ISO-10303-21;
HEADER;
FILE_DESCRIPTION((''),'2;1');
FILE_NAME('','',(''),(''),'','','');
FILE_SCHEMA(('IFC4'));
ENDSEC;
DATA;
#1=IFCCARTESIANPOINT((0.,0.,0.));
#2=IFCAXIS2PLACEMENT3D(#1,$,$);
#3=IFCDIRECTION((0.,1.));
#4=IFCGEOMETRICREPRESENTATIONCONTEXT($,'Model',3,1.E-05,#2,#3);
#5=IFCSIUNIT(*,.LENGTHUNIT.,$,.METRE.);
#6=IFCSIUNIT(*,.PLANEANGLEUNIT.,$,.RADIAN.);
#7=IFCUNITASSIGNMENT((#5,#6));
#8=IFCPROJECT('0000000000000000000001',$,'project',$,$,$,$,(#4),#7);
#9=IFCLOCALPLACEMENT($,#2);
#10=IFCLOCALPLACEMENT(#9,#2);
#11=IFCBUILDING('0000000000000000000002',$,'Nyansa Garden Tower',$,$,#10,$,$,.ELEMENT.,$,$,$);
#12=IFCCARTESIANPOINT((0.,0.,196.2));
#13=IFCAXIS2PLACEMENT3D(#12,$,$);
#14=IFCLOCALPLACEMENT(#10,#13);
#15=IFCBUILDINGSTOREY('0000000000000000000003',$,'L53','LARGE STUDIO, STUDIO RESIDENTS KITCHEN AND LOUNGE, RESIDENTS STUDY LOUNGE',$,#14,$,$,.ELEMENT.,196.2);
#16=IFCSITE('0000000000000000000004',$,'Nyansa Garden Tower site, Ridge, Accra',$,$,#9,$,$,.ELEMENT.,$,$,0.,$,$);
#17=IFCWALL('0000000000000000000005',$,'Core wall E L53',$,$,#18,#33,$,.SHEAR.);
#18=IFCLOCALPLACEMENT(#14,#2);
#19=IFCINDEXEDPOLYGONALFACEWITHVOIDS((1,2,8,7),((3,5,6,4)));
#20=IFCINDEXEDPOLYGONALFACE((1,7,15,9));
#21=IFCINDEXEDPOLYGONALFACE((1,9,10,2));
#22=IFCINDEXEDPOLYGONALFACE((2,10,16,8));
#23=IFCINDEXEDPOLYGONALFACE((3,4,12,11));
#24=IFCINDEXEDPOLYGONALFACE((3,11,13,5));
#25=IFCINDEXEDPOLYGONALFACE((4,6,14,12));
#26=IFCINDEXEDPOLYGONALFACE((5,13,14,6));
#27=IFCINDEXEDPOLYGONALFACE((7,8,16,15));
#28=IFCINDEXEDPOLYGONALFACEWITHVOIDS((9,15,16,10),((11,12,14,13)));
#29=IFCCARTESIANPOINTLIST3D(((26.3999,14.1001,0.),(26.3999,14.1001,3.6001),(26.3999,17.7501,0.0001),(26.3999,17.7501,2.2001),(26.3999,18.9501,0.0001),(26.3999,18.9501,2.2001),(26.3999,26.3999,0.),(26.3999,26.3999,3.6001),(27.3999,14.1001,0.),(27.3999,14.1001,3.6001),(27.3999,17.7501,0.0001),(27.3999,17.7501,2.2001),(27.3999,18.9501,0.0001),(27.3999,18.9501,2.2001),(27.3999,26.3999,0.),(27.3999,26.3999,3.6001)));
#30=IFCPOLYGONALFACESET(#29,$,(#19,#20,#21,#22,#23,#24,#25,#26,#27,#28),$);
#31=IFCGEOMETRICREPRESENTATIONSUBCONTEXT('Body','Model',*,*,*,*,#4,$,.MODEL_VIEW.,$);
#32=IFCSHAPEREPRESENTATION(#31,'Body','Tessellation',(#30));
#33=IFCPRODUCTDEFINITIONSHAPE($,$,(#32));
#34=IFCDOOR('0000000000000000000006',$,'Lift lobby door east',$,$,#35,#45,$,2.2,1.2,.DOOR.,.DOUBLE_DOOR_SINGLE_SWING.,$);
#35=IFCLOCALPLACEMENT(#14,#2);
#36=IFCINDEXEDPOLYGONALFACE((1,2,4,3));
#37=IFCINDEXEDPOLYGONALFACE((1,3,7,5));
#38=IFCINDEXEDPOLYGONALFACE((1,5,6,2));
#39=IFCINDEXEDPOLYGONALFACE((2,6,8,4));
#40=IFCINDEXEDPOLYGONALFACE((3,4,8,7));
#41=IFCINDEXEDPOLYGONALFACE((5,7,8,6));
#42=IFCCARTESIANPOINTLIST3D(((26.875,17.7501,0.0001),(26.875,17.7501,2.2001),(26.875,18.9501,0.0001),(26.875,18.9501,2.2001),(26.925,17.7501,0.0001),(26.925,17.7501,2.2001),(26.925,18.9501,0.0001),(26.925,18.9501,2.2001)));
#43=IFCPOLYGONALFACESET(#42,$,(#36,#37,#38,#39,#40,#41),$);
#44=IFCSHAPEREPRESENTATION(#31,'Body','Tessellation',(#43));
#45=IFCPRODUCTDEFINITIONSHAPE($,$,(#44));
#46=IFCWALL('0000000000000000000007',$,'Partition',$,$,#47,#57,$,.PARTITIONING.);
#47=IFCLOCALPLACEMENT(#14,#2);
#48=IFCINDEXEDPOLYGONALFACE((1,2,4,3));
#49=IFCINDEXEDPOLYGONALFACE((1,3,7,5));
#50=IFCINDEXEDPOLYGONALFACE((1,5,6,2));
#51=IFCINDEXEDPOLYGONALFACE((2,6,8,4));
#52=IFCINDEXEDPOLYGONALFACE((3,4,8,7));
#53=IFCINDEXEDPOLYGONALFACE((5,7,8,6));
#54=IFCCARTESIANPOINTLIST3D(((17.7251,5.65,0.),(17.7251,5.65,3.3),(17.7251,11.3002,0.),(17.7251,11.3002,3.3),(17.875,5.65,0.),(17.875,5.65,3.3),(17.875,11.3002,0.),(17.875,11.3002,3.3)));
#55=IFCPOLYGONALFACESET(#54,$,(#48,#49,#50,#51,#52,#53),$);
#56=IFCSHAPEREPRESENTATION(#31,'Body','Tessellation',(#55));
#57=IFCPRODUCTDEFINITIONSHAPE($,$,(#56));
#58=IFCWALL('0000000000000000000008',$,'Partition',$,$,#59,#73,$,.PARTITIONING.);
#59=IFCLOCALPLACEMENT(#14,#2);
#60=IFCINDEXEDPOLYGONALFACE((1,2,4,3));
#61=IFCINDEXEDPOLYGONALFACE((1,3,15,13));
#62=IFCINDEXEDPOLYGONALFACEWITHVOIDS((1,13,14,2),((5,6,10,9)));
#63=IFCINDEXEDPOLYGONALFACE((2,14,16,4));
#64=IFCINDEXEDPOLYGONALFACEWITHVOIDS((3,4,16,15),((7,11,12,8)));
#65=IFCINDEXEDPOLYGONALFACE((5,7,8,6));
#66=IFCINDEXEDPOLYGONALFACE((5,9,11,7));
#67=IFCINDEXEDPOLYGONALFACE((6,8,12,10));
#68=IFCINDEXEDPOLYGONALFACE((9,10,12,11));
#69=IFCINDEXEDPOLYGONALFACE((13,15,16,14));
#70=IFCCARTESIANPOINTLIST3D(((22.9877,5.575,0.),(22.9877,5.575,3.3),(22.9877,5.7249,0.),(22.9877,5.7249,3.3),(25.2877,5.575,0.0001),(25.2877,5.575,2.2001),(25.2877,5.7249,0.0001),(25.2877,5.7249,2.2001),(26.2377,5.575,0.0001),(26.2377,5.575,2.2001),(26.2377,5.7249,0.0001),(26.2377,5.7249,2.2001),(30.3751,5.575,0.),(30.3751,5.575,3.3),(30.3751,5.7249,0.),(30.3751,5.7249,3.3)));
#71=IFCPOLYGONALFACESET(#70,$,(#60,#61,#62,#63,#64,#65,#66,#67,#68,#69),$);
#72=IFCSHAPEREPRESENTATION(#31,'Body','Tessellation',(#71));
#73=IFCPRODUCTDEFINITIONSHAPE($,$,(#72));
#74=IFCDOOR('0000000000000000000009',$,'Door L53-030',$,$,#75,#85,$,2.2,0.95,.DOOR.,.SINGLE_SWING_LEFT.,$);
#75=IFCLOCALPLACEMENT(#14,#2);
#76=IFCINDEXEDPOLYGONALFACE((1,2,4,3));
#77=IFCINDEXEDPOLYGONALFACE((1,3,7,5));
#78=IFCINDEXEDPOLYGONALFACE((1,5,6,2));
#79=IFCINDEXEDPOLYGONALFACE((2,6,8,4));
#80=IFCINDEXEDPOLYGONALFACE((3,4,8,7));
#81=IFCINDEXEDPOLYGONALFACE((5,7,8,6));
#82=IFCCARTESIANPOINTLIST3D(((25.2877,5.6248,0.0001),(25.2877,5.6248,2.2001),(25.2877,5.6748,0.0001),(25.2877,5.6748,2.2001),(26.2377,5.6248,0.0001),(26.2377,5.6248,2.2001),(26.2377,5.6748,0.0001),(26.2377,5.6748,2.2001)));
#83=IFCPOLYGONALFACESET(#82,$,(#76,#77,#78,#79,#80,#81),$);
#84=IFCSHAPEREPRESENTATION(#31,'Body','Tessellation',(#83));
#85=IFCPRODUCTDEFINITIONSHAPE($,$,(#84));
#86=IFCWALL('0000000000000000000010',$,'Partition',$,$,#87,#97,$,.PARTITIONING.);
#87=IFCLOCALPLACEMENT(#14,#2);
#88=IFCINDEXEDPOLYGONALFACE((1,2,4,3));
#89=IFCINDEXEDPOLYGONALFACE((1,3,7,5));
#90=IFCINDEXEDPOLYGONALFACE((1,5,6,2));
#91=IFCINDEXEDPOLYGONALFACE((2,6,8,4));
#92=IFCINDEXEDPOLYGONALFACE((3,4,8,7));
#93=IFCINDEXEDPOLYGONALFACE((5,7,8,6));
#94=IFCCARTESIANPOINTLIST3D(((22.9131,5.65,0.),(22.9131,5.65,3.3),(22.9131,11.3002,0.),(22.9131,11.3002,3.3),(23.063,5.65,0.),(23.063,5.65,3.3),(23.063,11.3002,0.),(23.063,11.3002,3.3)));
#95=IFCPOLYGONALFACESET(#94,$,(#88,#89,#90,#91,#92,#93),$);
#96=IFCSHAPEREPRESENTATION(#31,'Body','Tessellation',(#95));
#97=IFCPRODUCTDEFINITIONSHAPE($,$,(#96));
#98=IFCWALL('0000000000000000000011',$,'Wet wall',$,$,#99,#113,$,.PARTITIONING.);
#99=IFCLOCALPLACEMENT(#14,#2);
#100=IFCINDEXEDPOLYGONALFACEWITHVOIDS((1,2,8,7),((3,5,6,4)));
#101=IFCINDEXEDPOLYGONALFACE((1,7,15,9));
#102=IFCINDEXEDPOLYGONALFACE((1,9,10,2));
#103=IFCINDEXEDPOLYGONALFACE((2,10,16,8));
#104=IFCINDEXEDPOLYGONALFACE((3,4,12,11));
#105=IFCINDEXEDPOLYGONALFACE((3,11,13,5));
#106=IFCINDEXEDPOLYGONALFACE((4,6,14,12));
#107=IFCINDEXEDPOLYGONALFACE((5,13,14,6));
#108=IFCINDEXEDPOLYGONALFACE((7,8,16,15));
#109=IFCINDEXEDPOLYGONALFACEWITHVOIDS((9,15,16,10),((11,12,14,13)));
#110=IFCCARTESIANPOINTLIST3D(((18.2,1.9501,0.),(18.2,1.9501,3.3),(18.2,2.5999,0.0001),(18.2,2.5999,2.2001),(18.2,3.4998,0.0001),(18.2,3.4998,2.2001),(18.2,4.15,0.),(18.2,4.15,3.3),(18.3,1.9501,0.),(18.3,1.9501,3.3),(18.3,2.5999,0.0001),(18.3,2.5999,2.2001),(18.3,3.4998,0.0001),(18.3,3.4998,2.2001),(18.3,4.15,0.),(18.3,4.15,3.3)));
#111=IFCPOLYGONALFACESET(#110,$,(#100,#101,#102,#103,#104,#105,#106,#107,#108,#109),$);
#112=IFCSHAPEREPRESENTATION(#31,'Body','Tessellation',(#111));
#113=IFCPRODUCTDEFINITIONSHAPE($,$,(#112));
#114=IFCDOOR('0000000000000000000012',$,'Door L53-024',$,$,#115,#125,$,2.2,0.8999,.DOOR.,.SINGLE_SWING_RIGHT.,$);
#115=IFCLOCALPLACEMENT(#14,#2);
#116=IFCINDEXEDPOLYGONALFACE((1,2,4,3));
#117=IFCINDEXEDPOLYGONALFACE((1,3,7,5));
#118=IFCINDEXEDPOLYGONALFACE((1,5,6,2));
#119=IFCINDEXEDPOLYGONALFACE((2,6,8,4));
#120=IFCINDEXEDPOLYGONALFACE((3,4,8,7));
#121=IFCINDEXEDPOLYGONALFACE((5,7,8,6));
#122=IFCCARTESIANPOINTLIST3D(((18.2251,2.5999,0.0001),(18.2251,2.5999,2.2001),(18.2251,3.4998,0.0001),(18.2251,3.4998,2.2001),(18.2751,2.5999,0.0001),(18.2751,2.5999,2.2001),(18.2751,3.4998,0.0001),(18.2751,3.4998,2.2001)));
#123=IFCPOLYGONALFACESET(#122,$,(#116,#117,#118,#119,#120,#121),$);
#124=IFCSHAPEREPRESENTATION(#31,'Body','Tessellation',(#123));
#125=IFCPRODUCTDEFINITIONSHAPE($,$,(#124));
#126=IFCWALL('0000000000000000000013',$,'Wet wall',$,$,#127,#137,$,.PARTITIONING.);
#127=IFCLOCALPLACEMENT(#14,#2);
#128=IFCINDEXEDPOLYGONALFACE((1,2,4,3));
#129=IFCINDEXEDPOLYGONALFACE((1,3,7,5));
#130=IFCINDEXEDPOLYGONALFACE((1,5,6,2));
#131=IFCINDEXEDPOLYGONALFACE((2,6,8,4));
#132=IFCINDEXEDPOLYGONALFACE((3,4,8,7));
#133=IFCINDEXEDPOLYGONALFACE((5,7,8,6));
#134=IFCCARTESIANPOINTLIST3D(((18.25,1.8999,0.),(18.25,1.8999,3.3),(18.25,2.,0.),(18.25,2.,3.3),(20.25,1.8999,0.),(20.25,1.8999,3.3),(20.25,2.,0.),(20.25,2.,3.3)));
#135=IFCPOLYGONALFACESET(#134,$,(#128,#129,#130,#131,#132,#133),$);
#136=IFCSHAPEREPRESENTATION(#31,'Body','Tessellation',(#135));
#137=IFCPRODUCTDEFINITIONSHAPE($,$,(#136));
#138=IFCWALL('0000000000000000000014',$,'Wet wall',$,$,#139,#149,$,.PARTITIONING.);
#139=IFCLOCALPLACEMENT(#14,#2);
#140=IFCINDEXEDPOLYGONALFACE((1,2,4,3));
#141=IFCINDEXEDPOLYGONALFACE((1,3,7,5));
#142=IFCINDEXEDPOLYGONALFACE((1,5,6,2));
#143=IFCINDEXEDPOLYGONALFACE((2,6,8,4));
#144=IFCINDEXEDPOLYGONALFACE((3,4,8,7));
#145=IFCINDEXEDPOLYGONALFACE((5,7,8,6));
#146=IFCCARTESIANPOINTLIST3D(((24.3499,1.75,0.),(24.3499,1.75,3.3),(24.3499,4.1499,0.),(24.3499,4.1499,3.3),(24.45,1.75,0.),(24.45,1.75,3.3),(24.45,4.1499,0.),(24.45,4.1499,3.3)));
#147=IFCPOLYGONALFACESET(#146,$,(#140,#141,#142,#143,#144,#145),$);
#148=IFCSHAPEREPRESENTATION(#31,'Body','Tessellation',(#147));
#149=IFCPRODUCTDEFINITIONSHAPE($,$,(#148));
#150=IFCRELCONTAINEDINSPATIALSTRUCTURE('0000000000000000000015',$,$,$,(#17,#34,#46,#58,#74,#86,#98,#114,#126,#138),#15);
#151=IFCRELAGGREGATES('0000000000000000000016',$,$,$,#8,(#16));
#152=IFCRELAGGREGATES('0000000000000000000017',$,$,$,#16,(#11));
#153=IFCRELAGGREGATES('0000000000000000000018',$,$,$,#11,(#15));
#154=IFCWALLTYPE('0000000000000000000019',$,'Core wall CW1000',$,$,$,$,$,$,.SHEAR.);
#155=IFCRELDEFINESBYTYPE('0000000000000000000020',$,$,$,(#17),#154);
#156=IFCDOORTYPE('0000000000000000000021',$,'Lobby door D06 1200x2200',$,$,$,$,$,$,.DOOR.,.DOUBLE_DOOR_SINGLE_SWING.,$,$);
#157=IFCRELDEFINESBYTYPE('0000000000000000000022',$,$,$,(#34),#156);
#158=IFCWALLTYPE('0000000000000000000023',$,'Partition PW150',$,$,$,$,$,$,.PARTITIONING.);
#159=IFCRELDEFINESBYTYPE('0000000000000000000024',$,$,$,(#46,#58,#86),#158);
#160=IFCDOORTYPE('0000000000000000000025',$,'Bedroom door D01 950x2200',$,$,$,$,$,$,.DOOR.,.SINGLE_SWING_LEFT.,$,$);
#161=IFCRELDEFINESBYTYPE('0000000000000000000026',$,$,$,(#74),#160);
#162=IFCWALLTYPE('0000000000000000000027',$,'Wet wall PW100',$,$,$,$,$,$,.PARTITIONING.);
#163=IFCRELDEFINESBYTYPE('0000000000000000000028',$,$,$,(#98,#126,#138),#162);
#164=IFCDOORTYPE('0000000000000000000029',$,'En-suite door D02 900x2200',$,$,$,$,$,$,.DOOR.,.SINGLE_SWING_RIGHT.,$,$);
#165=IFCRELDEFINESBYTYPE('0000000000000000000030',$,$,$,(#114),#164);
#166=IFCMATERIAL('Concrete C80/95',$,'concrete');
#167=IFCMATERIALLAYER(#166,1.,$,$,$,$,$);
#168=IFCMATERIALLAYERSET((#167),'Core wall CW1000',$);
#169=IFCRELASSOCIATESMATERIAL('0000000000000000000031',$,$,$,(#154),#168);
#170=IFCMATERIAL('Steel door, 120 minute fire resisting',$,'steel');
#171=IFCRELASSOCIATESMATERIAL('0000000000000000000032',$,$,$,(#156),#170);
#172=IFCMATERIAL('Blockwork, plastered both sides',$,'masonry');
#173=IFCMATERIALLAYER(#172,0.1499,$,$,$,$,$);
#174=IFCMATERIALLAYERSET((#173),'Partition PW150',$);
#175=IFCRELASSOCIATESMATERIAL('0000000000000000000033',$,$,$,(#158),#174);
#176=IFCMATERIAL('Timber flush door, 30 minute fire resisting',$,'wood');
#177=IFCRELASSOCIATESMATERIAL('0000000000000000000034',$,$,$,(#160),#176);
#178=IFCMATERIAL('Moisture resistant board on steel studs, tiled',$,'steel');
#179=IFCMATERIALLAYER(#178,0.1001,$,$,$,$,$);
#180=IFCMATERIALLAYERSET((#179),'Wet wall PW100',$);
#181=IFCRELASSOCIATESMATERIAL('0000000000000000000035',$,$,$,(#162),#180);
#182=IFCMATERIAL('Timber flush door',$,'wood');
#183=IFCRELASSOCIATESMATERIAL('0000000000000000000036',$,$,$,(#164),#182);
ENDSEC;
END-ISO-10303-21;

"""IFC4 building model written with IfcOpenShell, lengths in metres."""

from ifc_helpers import new_model, si_unit, direction, frame, frame_2d, origin, place, context, subcontext, project, spatial, rectangle, extrude, material, layer, layer_set, type_object, element, fill, save


model = new_model("IFC4")

# Units and contexts
model_context = context("Model", 3, precision=1e-05, world=origin(), true_north=direction((0.0, 1.0)))
body_context = subcontext(model_context, "Body", "Model", "MODEL_VIEW")
ifc_project = project(units=[si_unit("LENGTHUNIT", "METRE"), si_unit("PLANEANGLEUNIT", "RADIAN")], contexts=[model_context])

# Site, building, storey
site_placement = place(None, origin())
site = spatial("IfcSite", under=ifc_project, at=site_placement, Name="Nyansa Garden Tower site, Ridge, Accra", CompositionType="ELEMENT", RefElevation=0.0)
building_placement = place(site_placement, origin())
building = spatial("IfcBuilding", under=site, at=building_placement, Name="Nyansa Garden Tower", CompositionType="ELEMENT")
storey_placement = place(building_placement, frame((0.0, 0.0, 196.2)))
storey = spatial("IfcBuildingStorey", under=building, at=storey_placement, Name="L53", Description="LARGE STUDIO, STUDIO RESIDENTS KITCHEN AND LOUNGE, RESIDENTS STUDY LOUNGE", CompositionType="ELEMENT", Elevation=196.2)

# Wall, opening, door
ifc_material_1 = material(Name="Concrete C80/95", Category="concrete")
ifc_layer_1 = layer(ifc_material_1, 1.0)
ifc_layer_set_1 = layer_set([ifc_layer_1], Name="Core wall CW1000")
wall_type_1 = type_object("IfcWallType", Name="Core wall CW1000", PredefinedType="SHEAR", material=ifc_layer_set_1)
wall_1_placement = place(storey_placement, frame((26.8999, 14.1001, 0.0), z_axis=(0.0, 0.0, 1.0), x_axis=(0.0, 1.0, 0.0)))
wall_1 = element("IfcWall", 1, at=wall_1_placement, inside=storey, type_object=wall_type_1, Name="Core wall E L53", PredefinedType="SHEAR", context=body_context, shape_type="SweptSolid", body=[
    extrude(rectangle(XDim=12.2998, YDim=1.0, at=frame_2d((6.1499, 0.0))), origin(), (0.0, 0.0, 1.0), 3.6001),
])
opening_1_placement = place(wall_1_placement, frame((3.6499, 0.0, 0.0)))
opening_1 = element("IfcOpeningElement", 2, at=opening_1_placement, cuts=wall_1, PredefinedType="OPENING", context=body_context, shape_type="SweptSolid", body=[
    extrude(rectangle(XDim=1.2, YDim=2.2, at=frame_2d((0.6001, 1.1001))), frame((0.0, 0.51, 0.0), z_axis=(0.0, -1.0, 0.0), x_axis=(1.0, 0.0, 0.0)), (0.0, 0.0, 1.0), 1.02),
])
ifc_material_2 = material(Name="Steel door, 120 minute fire resisting", Category="steel")
door_type_1 = type_object("IfcDoorType", Name="Lobby door D06 1200x2200", OperationType="DOUBLE_DOOR_SINGLE_SWING", PredefinedType="DOOR", material=ifc_material_2)
door_1_placement = place(opening_1_placement, origin())
door_1 = element("IfcDoor", 3, at=door_1_placement, inside=storey, type_object=door_type_1, Name="Lift lobby door east", OperationType="DOUBLE_DOOR_SINGLE_SWING", OverallHeight=2.2, OverallWidth=1.2, PredefinedType="DOOR", context=body_context, shape_type="SweptSolid", body=[
    extrude(rectangle(XDim=1.2, YDim=2.2, at=frame_2d((0.6001, 1.1001))), frame((0.0, 0.0249, 0.0), z_axis=(0.0, -1.0, 0.0), x_axis=(1.0, 0.0, 0.0)), (0.0, 0.0, 1.0), 0.05),
])
fill(opening_1, door_1)

# Wall
ifc_material_3 = material(Name="Blockwork, plastered both sides", Category="masonry")
ifc_layer_2 = layer(ifc_material_3, 0.1499)
ifc_layer_set_2 = layer_set([ifc_layer_2], Name="Partition PW150")
wall_type_2 = type_object("IfcWallType", Name="Partition PW150", PredefinedType="PARTITIONING", material=ifc_layer_set_2)
wall_2_placement = place(storey_placement, frame((17.8, 5.6499, 0.0), z_axis=(0.0, 0.0, 1.0), x_axis=(0.0, 1.0, 0.0)))
element("IfcWall", 4, at=wall_2_placement, inside=storey, type_object=wall_type_2, Name="Partition", PredefinedType="PARTITIONING", context=body_context, shape_type="SweptSolid", body=[
    extrude(rectangle(XDim=5.6501, YDim=0.1499, at=frame_2d((2.8252, 0.0))), origin(), (0.0, 0.0, 1.0), 3.3),
])

# Wall, opening, door
wall_3_placement = place(storey_placement, frame((22.9875, 5.6499, 0.0), z_axis=(0.0, 0.0, 1.0), x_axis=(1.0, 0.0, 0.0)))
wall_3 = element("IfcWall", 5, at=wall_3_placement, inside=storey, type_object=wall_type_2, Name="Partition", PredefinedType="PARTITIONING", context=body_context, shape_type="SweptSolid", body=[
    extrude(rectangle(XDim=7.3875, YDim=0.1499, at=frame_2d((3.6938, 0.0))), origin(), (0.0, 0.0, 1.0), 3.3),
])
opening_2_placement = place(wall_3_placement, frame((2.3, 0.0, 0.0)))
opening_2 = element("IfcOpeningElement", 6, at=opening_2_placement, cuts=wall_3, PredefinedType="OPENING", context=body_context, shape_type="SweptSolid", body=[
    extrude(rectangle(XDim=0.95, YDim=2.2, at=frame_2d((0.4751, 1.1001))), frame((0.0, 0.085, 0.0), z_axis=(0.0, -1.0, 0.0), x_axis=(1.0, 0.0, 0.0)), (0.0, 0.0, 1.0), 0.1699),
])
ifc_material_4 = material(Name="Timber flush door, 30 minute fire resisting", Category="wood")
door_type_2 = type_object("IfcDoorType", Name="Bedroom door D01 950x2200", OperationType="SINGLE_SWING_LEFT", PredefinedType="DOOR", material=ifc_material_4)
door_2_placement = place(opening_2_placement, origin())
door_2 = element("IfcDoor", 7, at=door_2_placement, inside=storey, type_object=door_type_2, Name="Door L53-030", OperationType="SINGLE_SWING_LEFT", OverallHeight=2.2, OverallWidth=0.95, PredefinedType="DOOR", context=body_context, shape_type="SweptSolid", body=[
    extrude(rectangle(XDim=0.95, YDim=2.2, at=frame_2d((0.4751, 1.1001))), frame((0.0, 0.0249, 0.0), z_axis=(0.0, -1.0, 0.0), x_axis=(1.0, 0.0, 0.0)), (0.0, 0.0, 1.0), 0.05),
])
fill(opening_2, door_2)

# Wall
wall_4_placement = place(storey_placement, frame((22.988, 5.6499, 0.0), z_axis=(0.0, 0.0, 1.0), x_axis=(0.0, 1.0, 0.0)))
element("IfcWall", 8, at=wall_4_placement, inside=storey, type_object=wall_type_2, Name="Partition", PredefinedType="PARTITIONING", context=body_context, shape_type="SweptSolid", body=[
    extrude(rectangle(XDim=5.6501, YDim=0.1499, at=frame_2d((2.8252, 0.0))), origin(), (0.0, 0.0, 1.0), 3.3),
])

# Wall, opening, door
ifc_material_5 = material(Name="Moisture resistant board on steel studs, tiled", Category="steel")
ifc_layer_3 = layer(ifc_material_5, 0.1001)
ifc_layer_set_3 = layer_set([ifc_layer_3], Name="Wet wall PW100")
wall_type_3 = type_object("IfcWallType", Name="Wet wall PW100", PredefinedType="PARTITIONING", material=ifc_layer_set_3)
wall_5_placement = place(storey_placement, frame((18.25, 1.95, 0.0), z_axis=(0.0, 0.0, 1.0), x_axis=(0.0, 1.0, 0.0)))
wall_5 = element("IfcWall", 9, at=wall_5_placement, inside=storey, type_object=wall_type_3, Name="Wet wall", PredefinedType="PARTITIONING", context=body_context, shape_type="SweptSolid", body=[
    extrude(rectangle(XDim=2.2, YDim=0.1001, at=frame_2d((1.1001, 0.0))), origin(), (0.0, 0.0, 1.0), 3.3),
])
opening_3_placement = place(wall_5_placement, frame((0.6499, 0.0, 0.0)))
opening_3 = element("IfcOpeningElement", 10, at=opening_3_placement, cuts=wall_5, PredefinedType="OPENING", context=body_context, shape_type="SweptSolid", body=[
    extrude(rectangle(XDim=0.8999, YDim=2.2, at=frame_2d((0.45, 1.1001))), frame((0.0, 0.0601, 0.0), z_axis=(0.0, -1.0, 0.0), x_axis=(1.0, 0.0, 0.0)), (0.0, 0.0, 1.0), 0.1201),
])
ifc_material_6 = material(Name="Timber flush door", Category="wood")
door_type_3 = type_object("IfcDoorType", Name="En-suite door D02 900x2200", OperationType="SINGLE_SWING_RIGHT", PredefinedType="DOOR", material=ifc_material_6)
door_3_placement = place(opening_3_placement, origin())
door_3 = element("IfcDoor", 11, at=door_3_placement, inside=storey, type_object=door_type_3, Name="Door L53-024", OperationType="SINGLE_SWING_RIGHT", OverallHeight=2.2, OverallWidth=0.8999, PredefinedType="DOOR", context=body_context, shape_type="SweptSolid", body=[
    extrude(rectangle(XDim=0.8999, YDim=2.2, at=frame_2d((0.45, 1.1001))), frame((0.0, 0.0249, 0.0), z_axis=(0.0, -1.0, 0.0), x_axis=(1.0, 0.0, 0.0)), (0.0, 0.0, 1.0), 0.05),
])
fill(opening_3, door_3)

# Walls
wall_6_placement = place(storey_placement, frame((18.25, 1.95, 0.0), z_axis=(0.0, 0.0, 1.0), x_axis=(1.0, 0.0, 0.0)))
element("IfcWall", 12, at=wall_6_placement, inside=storey, type_object=wall_type_3, Name="Wet wall", PredefinedType="PARTITIONING", context=body_context, shape_type="SweptSolid", body=[
    extrude(rectangle(XDim=2.0, YDim=0.1001, at=frame_2d((1.0, 0.0))), origin(), (0.0, 0.0, 1.0), 3.3),
])
wall_7_placement = place(storey_placement, frame((24.3999, 1.75, 0.0), z_axis=(0.0, 0.0, 1.0), x_axis=(0.0, 1.0, 0.0)))
element("IfcWall", 13, at=wall_7_placement, inside=storey, type_object=wall_type_3, Name="Wet wall", PredefinedType="PARTITIONING", context=body_context, shape_type="SweptSolid", body=[
    extrude(rectangle(XDim=2.3999, YDim=0.1001, at=frame_2d((1.2, 0.0))), origin(), (0.0, 0.0, 1.0), 3.3),
])

save(model, "model.ifc")
